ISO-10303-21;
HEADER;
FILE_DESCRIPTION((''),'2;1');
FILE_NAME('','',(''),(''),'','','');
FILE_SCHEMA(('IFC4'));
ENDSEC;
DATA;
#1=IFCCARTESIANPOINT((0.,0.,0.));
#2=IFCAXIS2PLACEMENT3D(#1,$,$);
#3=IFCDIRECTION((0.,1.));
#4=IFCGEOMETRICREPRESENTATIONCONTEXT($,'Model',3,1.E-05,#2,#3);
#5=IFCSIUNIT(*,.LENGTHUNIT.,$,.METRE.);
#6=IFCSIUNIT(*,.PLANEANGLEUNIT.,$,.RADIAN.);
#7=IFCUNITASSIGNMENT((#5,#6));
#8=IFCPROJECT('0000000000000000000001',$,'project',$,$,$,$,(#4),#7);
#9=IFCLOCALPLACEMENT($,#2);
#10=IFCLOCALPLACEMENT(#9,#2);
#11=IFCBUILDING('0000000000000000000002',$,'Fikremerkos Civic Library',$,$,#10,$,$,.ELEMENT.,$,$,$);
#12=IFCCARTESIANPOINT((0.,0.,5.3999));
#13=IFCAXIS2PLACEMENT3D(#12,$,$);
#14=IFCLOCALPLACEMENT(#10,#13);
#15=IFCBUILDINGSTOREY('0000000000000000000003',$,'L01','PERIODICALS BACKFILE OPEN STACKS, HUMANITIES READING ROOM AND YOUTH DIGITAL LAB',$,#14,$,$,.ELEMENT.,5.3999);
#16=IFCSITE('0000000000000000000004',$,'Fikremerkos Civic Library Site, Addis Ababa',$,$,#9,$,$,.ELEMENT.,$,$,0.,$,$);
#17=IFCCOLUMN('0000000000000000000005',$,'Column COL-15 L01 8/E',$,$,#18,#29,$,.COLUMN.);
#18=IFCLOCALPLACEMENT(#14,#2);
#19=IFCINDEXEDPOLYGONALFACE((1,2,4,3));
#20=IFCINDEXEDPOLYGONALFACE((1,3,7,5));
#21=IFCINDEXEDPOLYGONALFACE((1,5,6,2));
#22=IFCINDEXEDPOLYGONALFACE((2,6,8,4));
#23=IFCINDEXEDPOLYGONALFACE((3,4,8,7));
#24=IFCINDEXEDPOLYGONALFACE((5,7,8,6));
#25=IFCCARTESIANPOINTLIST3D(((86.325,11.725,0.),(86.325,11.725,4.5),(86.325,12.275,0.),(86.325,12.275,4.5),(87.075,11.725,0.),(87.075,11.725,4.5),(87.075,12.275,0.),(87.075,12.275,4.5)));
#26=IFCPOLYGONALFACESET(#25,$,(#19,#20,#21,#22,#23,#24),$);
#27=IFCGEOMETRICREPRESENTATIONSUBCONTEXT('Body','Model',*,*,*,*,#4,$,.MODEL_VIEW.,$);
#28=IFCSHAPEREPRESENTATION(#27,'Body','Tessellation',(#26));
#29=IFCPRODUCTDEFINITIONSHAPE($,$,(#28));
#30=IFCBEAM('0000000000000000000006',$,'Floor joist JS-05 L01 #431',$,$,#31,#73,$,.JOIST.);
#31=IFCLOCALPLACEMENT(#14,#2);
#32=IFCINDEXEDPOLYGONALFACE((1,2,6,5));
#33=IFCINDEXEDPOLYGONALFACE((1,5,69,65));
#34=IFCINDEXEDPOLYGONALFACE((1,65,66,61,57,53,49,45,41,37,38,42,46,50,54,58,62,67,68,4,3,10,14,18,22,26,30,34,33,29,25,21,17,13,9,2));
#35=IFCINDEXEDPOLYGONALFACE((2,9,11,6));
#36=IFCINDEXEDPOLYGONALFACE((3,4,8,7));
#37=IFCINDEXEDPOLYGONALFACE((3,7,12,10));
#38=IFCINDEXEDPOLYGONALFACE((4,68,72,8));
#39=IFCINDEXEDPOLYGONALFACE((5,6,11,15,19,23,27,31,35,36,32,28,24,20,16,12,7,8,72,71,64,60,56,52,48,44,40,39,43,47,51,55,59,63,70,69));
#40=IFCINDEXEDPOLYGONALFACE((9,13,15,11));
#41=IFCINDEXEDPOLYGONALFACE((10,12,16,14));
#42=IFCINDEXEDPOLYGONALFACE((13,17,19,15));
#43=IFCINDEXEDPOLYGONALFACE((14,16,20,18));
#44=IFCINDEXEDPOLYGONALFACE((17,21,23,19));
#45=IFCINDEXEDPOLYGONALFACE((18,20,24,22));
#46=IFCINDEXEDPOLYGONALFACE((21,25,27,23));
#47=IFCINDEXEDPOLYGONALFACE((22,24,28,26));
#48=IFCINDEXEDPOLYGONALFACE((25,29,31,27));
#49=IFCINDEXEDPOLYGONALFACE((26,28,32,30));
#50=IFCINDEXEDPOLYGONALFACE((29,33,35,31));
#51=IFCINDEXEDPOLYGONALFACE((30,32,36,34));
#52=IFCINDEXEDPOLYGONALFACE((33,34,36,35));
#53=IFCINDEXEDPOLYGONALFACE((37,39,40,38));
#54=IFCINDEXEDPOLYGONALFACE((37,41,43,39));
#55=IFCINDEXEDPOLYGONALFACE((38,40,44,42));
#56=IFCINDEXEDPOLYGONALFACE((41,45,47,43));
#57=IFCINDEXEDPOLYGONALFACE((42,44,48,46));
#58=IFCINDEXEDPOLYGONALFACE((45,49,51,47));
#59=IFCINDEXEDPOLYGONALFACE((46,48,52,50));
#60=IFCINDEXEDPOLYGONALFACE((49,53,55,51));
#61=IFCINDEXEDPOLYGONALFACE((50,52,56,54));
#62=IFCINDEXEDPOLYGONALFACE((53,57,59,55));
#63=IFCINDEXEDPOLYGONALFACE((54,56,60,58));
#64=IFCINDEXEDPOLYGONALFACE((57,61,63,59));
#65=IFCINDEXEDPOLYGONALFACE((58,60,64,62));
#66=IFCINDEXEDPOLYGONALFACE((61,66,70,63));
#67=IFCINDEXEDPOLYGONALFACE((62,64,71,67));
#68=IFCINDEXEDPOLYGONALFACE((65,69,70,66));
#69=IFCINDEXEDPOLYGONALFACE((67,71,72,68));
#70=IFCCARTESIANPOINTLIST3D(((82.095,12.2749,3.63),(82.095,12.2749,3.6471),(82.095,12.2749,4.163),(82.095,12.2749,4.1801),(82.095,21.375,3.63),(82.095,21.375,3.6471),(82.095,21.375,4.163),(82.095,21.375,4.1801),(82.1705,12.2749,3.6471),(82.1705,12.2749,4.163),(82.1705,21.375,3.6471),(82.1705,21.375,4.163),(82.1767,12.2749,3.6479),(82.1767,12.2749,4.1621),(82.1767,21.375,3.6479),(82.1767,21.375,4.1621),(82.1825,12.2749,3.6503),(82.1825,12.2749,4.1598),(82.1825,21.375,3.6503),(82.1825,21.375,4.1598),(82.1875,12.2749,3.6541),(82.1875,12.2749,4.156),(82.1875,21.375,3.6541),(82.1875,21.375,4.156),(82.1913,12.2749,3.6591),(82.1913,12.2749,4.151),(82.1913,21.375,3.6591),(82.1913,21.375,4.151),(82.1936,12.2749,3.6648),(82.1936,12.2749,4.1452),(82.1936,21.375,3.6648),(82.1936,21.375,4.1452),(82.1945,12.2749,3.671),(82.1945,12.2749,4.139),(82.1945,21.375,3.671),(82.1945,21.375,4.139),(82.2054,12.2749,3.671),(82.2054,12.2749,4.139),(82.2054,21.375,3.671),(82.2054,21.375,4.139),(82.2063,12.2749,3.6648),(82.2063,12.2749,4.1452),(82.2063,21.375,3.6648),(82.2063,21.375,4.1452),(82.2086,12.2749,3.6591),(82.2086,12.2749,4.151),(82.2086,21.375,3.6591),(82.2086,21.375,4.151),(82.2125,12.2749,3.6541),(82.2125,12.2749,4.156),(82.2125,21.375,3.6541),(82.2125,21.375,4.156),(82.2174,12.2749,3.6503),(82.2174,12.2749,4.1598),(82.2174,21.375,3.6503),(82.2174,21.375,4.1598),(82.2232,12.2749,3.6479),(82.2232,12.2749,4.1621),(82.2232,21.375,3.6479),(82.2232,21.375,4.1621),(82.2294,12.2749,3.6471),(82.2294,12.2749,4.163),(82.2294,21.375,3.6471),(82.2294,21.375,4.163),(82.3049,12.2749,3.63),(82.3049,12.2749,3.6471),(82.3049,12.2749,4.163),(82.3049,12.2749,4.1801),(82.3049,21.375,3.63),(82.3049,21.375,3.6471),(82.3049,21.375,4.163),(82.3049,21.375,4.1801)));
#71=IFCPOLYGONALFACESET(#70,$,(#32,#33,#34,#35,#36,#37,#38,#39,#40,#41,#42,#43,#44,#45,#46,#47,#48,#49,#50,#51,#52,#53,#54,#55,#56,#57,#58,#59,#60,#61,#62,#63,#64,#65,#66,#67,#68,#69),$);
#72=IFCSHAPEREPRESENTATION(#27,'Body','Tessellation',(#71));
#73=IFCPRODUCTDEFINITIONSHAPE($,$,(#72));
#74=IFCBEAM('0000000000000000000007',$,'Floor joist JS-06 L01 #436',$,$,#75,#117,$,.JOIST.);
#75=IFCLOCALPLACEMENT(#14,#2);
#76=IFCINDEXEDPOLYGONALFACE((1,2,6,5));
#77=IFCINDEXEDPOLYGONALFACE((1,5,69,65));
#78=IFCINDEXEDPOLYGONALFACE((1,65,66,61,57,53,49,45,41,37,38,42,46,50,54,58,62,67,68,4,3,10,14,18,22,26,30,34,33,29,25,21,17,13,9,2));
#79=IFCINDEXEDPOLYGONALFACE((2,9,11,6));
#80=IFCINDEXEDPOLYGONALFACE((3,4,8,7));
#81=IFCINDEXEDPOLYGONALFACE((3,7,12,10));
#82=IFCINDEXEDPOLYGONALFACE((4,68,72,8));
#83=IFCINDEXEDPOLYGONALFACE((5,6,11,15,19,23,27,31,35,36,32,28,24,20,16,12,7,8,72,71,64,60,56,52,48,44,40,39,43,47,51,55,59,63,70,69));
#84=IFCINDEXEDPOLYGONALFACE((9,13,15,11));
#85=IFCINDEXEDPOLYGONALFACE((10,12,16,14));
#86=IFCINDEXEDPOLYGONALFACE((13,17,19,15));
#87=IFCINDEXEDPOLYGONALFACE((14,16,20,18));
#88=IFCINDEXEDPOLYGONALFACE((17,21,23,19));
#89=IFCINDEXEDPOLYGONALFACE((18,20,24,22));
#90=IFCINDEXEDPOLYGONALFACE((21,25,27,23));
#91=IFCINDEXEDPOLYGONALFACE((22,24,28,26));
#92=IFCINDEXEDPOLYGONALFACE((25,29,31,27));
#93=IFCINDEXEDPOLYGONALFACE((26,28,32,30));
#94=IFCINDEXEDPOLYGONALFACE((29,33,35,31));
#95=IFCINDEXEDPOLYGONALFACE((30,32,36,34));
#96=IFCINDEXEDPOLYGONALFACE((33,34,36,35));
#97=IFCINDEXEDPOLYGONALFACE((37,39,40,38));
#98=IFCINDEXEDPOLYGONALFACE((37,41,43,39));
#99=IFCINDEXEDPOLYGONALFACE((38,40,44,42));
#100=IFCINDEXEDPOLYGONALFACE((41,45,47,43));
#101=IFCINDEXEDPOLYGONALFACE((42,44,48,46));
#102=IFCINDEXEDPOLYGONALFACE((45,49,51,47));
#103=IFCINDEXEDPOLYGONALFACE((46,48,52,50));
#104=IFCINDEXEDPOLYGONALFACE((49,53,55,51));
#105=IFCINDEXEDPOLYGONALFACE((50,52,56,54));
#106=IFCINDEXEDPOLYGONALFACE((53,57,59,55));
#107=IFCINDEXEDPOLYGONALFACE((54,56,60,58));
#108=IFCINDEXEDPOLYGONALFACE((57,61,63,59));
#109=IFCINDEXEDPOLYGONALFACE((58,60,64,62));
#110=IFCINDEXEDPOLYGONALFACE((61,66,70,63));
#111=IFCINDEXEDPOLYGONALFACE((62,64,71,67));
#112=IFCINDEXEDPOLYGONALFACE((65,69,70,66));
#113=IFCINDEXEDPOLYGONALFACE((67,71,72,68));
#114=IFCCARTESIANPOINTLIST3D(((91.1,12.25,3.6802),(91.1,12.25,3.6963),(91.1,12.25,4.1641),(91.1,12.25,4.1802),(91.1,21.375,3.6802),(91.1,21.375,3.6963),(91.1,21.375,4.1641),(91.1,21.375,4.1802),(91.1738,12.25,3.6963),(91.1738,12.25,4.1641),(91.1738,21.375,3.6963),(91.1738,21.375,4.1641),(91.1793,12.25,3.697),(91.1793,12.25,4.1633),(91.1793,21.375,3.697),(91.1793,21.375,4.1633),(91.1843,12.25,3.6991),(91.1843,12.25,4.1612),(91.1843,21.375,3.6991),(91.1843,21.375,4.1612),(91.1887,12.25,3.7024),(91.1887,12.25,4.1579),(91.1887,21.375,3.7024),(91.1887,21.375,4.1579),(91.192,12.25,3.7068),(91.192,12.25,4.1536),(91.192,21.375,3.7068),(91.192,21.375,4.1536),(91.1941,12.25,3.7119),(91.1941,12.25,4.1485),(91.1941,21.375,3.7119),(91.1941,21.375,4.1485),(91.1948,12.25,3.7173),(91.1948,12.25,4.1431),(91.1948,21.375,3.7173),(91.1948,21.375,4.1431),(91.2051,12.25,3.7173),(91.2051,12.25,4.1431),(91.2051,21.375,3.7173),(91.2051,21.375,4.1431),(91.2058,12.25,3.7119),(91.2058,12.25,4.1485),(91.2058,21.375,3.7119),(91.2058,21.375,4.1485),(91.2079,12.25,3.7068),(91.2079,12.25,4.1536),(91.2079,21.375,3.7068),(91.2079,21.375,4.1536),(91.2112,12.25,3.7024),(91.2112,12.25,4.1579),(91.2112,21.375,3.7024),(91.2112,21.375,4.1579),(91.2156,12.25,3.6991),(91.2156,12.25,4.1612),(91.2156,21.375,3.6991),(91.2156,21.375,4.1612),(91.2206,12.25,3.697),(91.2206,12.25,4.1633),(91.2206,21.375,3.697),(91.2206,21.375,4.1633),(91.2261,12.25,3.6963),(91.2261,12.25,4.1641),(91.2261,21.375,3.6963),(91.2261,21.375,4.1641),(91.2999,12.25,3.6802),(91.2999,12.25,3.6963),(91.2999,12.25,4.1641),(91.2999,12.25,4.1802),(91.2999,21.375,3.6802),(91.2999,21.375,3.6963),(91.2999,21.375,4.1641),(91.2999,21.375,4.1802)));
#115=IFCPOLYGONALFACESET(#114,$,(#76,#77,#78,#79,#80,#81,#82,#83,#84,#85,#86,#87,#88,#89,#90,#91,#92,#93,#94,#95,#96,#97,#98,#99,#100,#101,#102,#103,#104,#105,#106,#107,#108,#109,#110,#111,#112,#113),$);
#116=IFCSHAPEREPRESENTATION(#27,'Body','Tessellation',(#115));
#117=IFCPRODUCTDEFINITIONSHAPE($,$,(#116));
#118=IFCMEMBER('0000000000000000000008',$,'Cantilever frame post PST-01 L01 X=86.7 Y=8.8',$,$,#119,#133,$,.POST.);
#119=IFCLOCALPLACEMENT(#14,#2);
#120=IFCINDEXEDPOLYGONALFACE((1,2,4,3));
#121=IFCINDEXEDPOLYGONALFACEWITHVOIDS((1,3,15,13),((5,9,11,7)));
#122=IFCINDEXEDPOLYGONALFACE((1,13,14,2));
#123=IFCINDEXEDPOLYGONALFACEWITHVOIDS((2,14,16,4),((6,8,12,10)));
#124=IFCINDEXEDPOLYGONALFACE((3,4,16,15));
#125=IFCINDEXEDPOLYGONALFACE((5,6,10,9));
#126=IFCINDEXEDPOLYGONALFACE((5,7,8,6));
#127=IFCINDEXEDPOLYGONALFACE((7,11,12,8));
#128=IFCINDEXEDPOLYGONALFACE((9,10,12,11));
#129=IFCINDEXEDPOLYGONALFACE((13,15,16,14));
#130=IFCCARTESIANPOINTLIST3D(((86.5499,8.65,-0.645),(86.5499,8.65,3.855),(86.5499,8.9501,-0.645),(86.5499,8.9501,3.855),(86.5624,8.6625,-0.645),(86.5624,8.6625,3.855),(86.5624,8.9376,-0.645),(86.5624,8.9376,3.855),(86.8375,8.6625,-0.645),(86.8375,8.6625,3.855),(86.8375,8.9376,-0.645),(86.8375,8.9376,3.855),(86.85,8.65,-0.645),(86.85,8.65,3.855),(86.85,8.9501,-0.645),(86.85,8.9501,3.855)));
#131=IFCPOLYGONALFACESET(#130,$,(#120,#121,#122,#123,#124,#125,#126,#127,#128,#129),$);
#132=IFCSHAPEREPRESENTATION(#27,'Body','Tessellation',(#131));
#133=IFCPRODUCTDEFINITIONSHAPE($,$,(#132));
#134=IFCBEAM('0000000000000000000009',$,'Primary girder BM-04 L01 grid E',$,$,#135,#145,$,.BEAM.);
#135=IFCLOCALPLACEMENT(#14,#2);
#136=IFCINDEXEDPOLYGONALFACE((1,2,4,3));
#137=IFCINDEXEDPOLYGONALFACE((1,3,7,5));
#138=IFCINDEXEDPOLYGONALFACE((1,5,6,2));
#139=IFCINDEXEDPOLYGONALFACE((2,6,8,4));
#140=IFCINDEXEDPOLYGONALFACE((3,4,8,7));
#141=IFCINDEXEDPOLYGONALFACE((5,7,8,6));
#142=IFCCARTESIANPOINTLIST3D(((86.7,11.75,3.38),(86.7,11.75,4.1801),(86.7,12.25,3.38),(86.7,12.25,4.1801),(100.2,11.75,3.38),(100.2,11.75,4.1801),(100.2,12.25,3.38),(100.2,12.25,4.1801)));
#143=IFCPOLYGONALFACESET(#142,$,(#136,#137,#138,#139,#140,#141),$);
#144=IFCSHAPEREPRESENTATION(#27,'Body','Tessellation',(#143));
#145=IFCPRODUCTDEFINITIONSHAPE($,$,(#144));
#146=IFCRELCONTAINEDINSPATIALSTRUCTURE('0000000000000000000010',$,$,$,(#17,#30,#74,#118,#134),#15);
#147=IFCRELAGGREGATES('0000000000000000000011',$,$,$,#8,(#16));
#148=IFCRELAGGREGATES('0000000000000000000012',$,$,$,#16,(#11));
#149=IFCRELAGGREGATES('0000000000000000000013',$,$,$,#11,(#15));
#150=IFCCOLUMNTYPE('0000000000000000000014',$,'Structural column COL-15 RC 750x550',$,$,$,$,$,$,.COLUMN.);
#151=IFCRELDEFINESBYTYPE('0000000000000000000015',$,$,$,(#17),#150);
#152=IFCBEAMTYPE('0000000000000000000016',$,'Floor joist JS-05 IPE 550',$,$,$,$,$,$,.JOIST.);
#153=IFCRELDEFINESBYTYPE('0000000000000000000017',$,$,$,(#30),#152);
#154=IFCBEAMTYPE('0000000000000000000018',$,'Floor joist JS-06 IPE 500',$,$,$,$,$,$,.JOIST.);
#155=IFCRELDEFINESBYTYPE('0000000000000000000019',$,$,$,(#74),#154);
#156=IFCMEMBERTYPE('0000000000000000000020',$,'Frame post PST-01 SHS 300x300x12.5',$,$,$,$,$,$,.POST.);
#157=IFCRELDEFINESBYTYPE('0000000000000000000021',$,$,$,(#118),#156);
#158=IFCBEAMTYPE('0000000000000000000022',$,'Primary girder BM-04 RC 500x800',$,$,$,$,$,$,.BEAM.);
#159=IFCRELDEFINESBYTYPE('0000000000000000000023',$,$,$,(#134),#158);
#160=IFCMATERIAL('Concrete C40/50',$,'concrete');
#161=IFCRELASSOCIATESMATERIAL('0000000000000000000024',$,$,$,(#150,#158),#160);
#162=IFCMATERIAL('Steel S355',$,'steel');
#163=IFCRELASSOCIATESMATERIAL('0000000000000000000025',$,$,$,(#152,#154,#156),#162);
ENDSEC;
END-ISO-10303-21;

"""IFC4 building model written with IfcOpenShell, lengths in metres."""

from ifc_helpers import new_model, si_unit, direction, frame, origin, origin_2d, place, context, subcontext, project, spatial, rectangle, hollow_rectangle, i_section, extrude, material, material_profile, profile_set, type_object, element, save


model = new_model("IFC4")

# Units and contexts
model_context = context("Model", 3, precision=1e-05, world=origin(), true_north=direction((0.0, 1.0)))
body_context = subcontext(model_context, "Body", "Model", "MODEL_VIEW")
ifc_project = project(units=[si_unit("LENGTHUNIT", "METRE"), si_unit("PLANEANGLEUNIT", "RADIAN")], contexts=[model_context])

# Site, building, storey
site_placement = place(None, origin())
site = spatial("IfcSite", under=ifc_project, at=site_placement, Name="Fikremerkos Civic Library Site, Addis Ababa", CompositionType="ELEMENT", RefElevation=0.0)
building_placement = place(site_placement, origin())
building = spatial("IfcBuilding", under=site, at=building_placement, Name="Fikremerkos Civic Library", CompositionType="ELEMENT")
storey_placement = place(building_placement, frame((0.0, 0.0, 5.3999)))
storey = spatial("IfcBuildingStorey", under=building, at=storey_placement, Name="L01", Description="PERIODICALS BACKFILE OPEN STACKS, HUMANITIES READING ROOM AND YOUTH DIGITAL LAB", CompositionType="ELEMENT", Elevation=5.3999)

# Column
ifc_material_1 = material(Name="Concrete C40/50", Category="concrete")
ifc_material_profile_1 = material_profile(ifc_material_1, rectangle(XDim=0.75, YDim=0.55, at=origin_2d()), Name="RC 750x550")
ifc_profile_set_1 = profile_set([ifc_material_profile_1], Name="Concrete C40/50")
column_type = type_object("IfcColumnType", Name="Structural column COL-15 RC 750x550", PredefinedType="COLUMN", material=ifc_profile_set_1)
column_placement = place(storey_placement, frame((86.7, 12.0, 0.0), z_axis=(0.0, 0.0, 1.0), x_axis=(1.0, 0.0, 0.0)))
element("IfcColumn", 1, at=column_placement, inside=storey, type_object=column_type, Name="Column COL-15 L01 8/E", PredefinedType="COLUMN", context=body_context, shape_type="SweptSolid", body=[
    extrude(rectangle(XDim=0.75, YDim=0.55, at=origin_2d()), origin(), (0.0, 0.0, 1.0), 4.5),
])

# Beams
ifc_material_2 = material(Name="Steel S355", Category="steel")
ifc_material_profile_2 = material_profile(ifc_material_2, i_section(OverallWidth=0.21, OverallDepth=0.55, WebThickness=0.011, FlangeThickness=0.0171, FilletRadius=0.0239, at=origin_2d()), Name="IPE 550")
ifc_profile_set_2 = profile_set([ifc_material_profile_2], Name="Steel S355")
beam_type_1 = type_object("IfcBeamType", Name="Floor joist JS-05 IPE 550", PredefinedType="JOIST", material=ifc_profile_set_2)
beam_1_placement = place(storey_placement, frame((82.2, 12.2749, 3.905), z_axis=(0.0, 1.0, 0.0), x_axis=(-1.0, 0.0, 0.0)))
element("IfcBeam", 2, at=beam_1_placement, inside=storey, type_object=beam_type_1, Name="Floor joist JS-05 L01 #431", PredefinedType="JOIST", context=body_context, shape_type="SweptSolid", body=[
    extrude(i_section(OverallWidth=0.21, OverallDepth=0.55, WebThickness=0.011, FlangeThickness=0.0171, FilletRadius=0.0239, at=origin_2d()), origin(), (0.0, 0.0, 1.0), 9.1001),
])
ifc_material_profile_3 = material_profile(ifc_material_2, i_section(OverallWidth=0.2, OverallDepth=0.5, WebThickness=0.0103, FlangeThickness=0.0161, FilletRadius=0.021, at=origin_2d()), Name="IPE 500")
ifc_profile_set_3 = profile_set([ifc_material_profile_3], Name="Steel S355")
beam_type_2 = type_object("IfcBeamType", Name="Floor joist JS-06 IPE 500", PredefinedType="JOIST", material=ifc_profile_set_3)
beam_2_placement = place(storey_placement, frame((91.2, 12.25, 3.9302), z_axis=(0.0, 1.0, 0.0), x_axis=(-1.0, 0.0, 0.0)))
element("IfcBeam", 3, at=beam_2_placement, inside=storey, type_object=beam_type_2, Name="Floor joist JS-06 L01 #436", PredefinedType="JOIST", context=body_context, shape_type="SweptSolid", body=[
    extrude(i_section(OverallWidth=0.2, OverallDepth=0.5, WebThickness=0.0103, FlangeThickness=0.0161, FilletRadius=0.021, at=origin_2d()), origin(), (0.0, 0.0, 1.0), 9.125),
])

# Member
ifc_material_profile_4 = material_profile(ifc_material_2, hollow_rectangle(XDim=0.3, YDim=0.3, WallThickness=0.0125, at=origin_2d()), Name="SHS 300x300x12.5")
ifc_profile_set_4 = profile_set([ifc_material_profile_4], Name="Steel S355")
member_type_1 = type_object("IfcMemberType", Name="Frame post PST-01 SHS 300x300x12.5", PredefinedType="POST", material=ifc_profile_set_4)
member_1_placement = place(storey_placement, frame((86.7, 8.8, -0.645), z_axis=(0.0, 0.0, 1.0), x_axis=(1.0, 0.0, 0.0)))
element("IfcMember", 4, at=member_1_placement, inside=storey, type_object=member_type_1, Name="Cantilever frame post PST-01 L01 X=86.7 Y=8.8", PredefinedType="POST", context=body_context, shape_type="SweptSolid", body=[
    extrude(hollow_rectangle(XDim=0.3, YDim=0.3, WallThickness=0.0125, at=origin_2d()), origin(), (0.0, 0.0, 1.0), 4.5),
])

# Beam
ifc_material_profile_5 = material_profile(ifc_material_1, rectangle(XDim=0.5, YDim=0.8, at=origin_2d()), Name="RC 500x800")
ifc_profile_set_5 = profile_set([ifc_material_profile_5], Name="Concrete C40/50")
beam_type_3 = type_object("IfcBeamType", Name="Primary girder BM-04 RC 500x800", PredefinedType="BEAM", material=ifc_profile_set_5)
beam_3_placement = place(storey_placement, frame((86.7, 12.0, 3.78), z_axis=(1.0, 0.0, 0.0), x_axis=(0.0, 1.0, 0.0)))
element("IfcBeam", 5, at=beam_3_placement, inside=storey, type_object=beam_type_3, Name="Primary girder BM-04 L01 grid E", PredefinedType="BEAM", context=body_context, shape_type="SweptSolid", body=[
    extrude(rectangle(XDim=0.5, YDim=0.8, at=origin_2d()), origin(), (0.0, 0.0, 1.0), 13.5),
])

save(model, "model.ifc")
